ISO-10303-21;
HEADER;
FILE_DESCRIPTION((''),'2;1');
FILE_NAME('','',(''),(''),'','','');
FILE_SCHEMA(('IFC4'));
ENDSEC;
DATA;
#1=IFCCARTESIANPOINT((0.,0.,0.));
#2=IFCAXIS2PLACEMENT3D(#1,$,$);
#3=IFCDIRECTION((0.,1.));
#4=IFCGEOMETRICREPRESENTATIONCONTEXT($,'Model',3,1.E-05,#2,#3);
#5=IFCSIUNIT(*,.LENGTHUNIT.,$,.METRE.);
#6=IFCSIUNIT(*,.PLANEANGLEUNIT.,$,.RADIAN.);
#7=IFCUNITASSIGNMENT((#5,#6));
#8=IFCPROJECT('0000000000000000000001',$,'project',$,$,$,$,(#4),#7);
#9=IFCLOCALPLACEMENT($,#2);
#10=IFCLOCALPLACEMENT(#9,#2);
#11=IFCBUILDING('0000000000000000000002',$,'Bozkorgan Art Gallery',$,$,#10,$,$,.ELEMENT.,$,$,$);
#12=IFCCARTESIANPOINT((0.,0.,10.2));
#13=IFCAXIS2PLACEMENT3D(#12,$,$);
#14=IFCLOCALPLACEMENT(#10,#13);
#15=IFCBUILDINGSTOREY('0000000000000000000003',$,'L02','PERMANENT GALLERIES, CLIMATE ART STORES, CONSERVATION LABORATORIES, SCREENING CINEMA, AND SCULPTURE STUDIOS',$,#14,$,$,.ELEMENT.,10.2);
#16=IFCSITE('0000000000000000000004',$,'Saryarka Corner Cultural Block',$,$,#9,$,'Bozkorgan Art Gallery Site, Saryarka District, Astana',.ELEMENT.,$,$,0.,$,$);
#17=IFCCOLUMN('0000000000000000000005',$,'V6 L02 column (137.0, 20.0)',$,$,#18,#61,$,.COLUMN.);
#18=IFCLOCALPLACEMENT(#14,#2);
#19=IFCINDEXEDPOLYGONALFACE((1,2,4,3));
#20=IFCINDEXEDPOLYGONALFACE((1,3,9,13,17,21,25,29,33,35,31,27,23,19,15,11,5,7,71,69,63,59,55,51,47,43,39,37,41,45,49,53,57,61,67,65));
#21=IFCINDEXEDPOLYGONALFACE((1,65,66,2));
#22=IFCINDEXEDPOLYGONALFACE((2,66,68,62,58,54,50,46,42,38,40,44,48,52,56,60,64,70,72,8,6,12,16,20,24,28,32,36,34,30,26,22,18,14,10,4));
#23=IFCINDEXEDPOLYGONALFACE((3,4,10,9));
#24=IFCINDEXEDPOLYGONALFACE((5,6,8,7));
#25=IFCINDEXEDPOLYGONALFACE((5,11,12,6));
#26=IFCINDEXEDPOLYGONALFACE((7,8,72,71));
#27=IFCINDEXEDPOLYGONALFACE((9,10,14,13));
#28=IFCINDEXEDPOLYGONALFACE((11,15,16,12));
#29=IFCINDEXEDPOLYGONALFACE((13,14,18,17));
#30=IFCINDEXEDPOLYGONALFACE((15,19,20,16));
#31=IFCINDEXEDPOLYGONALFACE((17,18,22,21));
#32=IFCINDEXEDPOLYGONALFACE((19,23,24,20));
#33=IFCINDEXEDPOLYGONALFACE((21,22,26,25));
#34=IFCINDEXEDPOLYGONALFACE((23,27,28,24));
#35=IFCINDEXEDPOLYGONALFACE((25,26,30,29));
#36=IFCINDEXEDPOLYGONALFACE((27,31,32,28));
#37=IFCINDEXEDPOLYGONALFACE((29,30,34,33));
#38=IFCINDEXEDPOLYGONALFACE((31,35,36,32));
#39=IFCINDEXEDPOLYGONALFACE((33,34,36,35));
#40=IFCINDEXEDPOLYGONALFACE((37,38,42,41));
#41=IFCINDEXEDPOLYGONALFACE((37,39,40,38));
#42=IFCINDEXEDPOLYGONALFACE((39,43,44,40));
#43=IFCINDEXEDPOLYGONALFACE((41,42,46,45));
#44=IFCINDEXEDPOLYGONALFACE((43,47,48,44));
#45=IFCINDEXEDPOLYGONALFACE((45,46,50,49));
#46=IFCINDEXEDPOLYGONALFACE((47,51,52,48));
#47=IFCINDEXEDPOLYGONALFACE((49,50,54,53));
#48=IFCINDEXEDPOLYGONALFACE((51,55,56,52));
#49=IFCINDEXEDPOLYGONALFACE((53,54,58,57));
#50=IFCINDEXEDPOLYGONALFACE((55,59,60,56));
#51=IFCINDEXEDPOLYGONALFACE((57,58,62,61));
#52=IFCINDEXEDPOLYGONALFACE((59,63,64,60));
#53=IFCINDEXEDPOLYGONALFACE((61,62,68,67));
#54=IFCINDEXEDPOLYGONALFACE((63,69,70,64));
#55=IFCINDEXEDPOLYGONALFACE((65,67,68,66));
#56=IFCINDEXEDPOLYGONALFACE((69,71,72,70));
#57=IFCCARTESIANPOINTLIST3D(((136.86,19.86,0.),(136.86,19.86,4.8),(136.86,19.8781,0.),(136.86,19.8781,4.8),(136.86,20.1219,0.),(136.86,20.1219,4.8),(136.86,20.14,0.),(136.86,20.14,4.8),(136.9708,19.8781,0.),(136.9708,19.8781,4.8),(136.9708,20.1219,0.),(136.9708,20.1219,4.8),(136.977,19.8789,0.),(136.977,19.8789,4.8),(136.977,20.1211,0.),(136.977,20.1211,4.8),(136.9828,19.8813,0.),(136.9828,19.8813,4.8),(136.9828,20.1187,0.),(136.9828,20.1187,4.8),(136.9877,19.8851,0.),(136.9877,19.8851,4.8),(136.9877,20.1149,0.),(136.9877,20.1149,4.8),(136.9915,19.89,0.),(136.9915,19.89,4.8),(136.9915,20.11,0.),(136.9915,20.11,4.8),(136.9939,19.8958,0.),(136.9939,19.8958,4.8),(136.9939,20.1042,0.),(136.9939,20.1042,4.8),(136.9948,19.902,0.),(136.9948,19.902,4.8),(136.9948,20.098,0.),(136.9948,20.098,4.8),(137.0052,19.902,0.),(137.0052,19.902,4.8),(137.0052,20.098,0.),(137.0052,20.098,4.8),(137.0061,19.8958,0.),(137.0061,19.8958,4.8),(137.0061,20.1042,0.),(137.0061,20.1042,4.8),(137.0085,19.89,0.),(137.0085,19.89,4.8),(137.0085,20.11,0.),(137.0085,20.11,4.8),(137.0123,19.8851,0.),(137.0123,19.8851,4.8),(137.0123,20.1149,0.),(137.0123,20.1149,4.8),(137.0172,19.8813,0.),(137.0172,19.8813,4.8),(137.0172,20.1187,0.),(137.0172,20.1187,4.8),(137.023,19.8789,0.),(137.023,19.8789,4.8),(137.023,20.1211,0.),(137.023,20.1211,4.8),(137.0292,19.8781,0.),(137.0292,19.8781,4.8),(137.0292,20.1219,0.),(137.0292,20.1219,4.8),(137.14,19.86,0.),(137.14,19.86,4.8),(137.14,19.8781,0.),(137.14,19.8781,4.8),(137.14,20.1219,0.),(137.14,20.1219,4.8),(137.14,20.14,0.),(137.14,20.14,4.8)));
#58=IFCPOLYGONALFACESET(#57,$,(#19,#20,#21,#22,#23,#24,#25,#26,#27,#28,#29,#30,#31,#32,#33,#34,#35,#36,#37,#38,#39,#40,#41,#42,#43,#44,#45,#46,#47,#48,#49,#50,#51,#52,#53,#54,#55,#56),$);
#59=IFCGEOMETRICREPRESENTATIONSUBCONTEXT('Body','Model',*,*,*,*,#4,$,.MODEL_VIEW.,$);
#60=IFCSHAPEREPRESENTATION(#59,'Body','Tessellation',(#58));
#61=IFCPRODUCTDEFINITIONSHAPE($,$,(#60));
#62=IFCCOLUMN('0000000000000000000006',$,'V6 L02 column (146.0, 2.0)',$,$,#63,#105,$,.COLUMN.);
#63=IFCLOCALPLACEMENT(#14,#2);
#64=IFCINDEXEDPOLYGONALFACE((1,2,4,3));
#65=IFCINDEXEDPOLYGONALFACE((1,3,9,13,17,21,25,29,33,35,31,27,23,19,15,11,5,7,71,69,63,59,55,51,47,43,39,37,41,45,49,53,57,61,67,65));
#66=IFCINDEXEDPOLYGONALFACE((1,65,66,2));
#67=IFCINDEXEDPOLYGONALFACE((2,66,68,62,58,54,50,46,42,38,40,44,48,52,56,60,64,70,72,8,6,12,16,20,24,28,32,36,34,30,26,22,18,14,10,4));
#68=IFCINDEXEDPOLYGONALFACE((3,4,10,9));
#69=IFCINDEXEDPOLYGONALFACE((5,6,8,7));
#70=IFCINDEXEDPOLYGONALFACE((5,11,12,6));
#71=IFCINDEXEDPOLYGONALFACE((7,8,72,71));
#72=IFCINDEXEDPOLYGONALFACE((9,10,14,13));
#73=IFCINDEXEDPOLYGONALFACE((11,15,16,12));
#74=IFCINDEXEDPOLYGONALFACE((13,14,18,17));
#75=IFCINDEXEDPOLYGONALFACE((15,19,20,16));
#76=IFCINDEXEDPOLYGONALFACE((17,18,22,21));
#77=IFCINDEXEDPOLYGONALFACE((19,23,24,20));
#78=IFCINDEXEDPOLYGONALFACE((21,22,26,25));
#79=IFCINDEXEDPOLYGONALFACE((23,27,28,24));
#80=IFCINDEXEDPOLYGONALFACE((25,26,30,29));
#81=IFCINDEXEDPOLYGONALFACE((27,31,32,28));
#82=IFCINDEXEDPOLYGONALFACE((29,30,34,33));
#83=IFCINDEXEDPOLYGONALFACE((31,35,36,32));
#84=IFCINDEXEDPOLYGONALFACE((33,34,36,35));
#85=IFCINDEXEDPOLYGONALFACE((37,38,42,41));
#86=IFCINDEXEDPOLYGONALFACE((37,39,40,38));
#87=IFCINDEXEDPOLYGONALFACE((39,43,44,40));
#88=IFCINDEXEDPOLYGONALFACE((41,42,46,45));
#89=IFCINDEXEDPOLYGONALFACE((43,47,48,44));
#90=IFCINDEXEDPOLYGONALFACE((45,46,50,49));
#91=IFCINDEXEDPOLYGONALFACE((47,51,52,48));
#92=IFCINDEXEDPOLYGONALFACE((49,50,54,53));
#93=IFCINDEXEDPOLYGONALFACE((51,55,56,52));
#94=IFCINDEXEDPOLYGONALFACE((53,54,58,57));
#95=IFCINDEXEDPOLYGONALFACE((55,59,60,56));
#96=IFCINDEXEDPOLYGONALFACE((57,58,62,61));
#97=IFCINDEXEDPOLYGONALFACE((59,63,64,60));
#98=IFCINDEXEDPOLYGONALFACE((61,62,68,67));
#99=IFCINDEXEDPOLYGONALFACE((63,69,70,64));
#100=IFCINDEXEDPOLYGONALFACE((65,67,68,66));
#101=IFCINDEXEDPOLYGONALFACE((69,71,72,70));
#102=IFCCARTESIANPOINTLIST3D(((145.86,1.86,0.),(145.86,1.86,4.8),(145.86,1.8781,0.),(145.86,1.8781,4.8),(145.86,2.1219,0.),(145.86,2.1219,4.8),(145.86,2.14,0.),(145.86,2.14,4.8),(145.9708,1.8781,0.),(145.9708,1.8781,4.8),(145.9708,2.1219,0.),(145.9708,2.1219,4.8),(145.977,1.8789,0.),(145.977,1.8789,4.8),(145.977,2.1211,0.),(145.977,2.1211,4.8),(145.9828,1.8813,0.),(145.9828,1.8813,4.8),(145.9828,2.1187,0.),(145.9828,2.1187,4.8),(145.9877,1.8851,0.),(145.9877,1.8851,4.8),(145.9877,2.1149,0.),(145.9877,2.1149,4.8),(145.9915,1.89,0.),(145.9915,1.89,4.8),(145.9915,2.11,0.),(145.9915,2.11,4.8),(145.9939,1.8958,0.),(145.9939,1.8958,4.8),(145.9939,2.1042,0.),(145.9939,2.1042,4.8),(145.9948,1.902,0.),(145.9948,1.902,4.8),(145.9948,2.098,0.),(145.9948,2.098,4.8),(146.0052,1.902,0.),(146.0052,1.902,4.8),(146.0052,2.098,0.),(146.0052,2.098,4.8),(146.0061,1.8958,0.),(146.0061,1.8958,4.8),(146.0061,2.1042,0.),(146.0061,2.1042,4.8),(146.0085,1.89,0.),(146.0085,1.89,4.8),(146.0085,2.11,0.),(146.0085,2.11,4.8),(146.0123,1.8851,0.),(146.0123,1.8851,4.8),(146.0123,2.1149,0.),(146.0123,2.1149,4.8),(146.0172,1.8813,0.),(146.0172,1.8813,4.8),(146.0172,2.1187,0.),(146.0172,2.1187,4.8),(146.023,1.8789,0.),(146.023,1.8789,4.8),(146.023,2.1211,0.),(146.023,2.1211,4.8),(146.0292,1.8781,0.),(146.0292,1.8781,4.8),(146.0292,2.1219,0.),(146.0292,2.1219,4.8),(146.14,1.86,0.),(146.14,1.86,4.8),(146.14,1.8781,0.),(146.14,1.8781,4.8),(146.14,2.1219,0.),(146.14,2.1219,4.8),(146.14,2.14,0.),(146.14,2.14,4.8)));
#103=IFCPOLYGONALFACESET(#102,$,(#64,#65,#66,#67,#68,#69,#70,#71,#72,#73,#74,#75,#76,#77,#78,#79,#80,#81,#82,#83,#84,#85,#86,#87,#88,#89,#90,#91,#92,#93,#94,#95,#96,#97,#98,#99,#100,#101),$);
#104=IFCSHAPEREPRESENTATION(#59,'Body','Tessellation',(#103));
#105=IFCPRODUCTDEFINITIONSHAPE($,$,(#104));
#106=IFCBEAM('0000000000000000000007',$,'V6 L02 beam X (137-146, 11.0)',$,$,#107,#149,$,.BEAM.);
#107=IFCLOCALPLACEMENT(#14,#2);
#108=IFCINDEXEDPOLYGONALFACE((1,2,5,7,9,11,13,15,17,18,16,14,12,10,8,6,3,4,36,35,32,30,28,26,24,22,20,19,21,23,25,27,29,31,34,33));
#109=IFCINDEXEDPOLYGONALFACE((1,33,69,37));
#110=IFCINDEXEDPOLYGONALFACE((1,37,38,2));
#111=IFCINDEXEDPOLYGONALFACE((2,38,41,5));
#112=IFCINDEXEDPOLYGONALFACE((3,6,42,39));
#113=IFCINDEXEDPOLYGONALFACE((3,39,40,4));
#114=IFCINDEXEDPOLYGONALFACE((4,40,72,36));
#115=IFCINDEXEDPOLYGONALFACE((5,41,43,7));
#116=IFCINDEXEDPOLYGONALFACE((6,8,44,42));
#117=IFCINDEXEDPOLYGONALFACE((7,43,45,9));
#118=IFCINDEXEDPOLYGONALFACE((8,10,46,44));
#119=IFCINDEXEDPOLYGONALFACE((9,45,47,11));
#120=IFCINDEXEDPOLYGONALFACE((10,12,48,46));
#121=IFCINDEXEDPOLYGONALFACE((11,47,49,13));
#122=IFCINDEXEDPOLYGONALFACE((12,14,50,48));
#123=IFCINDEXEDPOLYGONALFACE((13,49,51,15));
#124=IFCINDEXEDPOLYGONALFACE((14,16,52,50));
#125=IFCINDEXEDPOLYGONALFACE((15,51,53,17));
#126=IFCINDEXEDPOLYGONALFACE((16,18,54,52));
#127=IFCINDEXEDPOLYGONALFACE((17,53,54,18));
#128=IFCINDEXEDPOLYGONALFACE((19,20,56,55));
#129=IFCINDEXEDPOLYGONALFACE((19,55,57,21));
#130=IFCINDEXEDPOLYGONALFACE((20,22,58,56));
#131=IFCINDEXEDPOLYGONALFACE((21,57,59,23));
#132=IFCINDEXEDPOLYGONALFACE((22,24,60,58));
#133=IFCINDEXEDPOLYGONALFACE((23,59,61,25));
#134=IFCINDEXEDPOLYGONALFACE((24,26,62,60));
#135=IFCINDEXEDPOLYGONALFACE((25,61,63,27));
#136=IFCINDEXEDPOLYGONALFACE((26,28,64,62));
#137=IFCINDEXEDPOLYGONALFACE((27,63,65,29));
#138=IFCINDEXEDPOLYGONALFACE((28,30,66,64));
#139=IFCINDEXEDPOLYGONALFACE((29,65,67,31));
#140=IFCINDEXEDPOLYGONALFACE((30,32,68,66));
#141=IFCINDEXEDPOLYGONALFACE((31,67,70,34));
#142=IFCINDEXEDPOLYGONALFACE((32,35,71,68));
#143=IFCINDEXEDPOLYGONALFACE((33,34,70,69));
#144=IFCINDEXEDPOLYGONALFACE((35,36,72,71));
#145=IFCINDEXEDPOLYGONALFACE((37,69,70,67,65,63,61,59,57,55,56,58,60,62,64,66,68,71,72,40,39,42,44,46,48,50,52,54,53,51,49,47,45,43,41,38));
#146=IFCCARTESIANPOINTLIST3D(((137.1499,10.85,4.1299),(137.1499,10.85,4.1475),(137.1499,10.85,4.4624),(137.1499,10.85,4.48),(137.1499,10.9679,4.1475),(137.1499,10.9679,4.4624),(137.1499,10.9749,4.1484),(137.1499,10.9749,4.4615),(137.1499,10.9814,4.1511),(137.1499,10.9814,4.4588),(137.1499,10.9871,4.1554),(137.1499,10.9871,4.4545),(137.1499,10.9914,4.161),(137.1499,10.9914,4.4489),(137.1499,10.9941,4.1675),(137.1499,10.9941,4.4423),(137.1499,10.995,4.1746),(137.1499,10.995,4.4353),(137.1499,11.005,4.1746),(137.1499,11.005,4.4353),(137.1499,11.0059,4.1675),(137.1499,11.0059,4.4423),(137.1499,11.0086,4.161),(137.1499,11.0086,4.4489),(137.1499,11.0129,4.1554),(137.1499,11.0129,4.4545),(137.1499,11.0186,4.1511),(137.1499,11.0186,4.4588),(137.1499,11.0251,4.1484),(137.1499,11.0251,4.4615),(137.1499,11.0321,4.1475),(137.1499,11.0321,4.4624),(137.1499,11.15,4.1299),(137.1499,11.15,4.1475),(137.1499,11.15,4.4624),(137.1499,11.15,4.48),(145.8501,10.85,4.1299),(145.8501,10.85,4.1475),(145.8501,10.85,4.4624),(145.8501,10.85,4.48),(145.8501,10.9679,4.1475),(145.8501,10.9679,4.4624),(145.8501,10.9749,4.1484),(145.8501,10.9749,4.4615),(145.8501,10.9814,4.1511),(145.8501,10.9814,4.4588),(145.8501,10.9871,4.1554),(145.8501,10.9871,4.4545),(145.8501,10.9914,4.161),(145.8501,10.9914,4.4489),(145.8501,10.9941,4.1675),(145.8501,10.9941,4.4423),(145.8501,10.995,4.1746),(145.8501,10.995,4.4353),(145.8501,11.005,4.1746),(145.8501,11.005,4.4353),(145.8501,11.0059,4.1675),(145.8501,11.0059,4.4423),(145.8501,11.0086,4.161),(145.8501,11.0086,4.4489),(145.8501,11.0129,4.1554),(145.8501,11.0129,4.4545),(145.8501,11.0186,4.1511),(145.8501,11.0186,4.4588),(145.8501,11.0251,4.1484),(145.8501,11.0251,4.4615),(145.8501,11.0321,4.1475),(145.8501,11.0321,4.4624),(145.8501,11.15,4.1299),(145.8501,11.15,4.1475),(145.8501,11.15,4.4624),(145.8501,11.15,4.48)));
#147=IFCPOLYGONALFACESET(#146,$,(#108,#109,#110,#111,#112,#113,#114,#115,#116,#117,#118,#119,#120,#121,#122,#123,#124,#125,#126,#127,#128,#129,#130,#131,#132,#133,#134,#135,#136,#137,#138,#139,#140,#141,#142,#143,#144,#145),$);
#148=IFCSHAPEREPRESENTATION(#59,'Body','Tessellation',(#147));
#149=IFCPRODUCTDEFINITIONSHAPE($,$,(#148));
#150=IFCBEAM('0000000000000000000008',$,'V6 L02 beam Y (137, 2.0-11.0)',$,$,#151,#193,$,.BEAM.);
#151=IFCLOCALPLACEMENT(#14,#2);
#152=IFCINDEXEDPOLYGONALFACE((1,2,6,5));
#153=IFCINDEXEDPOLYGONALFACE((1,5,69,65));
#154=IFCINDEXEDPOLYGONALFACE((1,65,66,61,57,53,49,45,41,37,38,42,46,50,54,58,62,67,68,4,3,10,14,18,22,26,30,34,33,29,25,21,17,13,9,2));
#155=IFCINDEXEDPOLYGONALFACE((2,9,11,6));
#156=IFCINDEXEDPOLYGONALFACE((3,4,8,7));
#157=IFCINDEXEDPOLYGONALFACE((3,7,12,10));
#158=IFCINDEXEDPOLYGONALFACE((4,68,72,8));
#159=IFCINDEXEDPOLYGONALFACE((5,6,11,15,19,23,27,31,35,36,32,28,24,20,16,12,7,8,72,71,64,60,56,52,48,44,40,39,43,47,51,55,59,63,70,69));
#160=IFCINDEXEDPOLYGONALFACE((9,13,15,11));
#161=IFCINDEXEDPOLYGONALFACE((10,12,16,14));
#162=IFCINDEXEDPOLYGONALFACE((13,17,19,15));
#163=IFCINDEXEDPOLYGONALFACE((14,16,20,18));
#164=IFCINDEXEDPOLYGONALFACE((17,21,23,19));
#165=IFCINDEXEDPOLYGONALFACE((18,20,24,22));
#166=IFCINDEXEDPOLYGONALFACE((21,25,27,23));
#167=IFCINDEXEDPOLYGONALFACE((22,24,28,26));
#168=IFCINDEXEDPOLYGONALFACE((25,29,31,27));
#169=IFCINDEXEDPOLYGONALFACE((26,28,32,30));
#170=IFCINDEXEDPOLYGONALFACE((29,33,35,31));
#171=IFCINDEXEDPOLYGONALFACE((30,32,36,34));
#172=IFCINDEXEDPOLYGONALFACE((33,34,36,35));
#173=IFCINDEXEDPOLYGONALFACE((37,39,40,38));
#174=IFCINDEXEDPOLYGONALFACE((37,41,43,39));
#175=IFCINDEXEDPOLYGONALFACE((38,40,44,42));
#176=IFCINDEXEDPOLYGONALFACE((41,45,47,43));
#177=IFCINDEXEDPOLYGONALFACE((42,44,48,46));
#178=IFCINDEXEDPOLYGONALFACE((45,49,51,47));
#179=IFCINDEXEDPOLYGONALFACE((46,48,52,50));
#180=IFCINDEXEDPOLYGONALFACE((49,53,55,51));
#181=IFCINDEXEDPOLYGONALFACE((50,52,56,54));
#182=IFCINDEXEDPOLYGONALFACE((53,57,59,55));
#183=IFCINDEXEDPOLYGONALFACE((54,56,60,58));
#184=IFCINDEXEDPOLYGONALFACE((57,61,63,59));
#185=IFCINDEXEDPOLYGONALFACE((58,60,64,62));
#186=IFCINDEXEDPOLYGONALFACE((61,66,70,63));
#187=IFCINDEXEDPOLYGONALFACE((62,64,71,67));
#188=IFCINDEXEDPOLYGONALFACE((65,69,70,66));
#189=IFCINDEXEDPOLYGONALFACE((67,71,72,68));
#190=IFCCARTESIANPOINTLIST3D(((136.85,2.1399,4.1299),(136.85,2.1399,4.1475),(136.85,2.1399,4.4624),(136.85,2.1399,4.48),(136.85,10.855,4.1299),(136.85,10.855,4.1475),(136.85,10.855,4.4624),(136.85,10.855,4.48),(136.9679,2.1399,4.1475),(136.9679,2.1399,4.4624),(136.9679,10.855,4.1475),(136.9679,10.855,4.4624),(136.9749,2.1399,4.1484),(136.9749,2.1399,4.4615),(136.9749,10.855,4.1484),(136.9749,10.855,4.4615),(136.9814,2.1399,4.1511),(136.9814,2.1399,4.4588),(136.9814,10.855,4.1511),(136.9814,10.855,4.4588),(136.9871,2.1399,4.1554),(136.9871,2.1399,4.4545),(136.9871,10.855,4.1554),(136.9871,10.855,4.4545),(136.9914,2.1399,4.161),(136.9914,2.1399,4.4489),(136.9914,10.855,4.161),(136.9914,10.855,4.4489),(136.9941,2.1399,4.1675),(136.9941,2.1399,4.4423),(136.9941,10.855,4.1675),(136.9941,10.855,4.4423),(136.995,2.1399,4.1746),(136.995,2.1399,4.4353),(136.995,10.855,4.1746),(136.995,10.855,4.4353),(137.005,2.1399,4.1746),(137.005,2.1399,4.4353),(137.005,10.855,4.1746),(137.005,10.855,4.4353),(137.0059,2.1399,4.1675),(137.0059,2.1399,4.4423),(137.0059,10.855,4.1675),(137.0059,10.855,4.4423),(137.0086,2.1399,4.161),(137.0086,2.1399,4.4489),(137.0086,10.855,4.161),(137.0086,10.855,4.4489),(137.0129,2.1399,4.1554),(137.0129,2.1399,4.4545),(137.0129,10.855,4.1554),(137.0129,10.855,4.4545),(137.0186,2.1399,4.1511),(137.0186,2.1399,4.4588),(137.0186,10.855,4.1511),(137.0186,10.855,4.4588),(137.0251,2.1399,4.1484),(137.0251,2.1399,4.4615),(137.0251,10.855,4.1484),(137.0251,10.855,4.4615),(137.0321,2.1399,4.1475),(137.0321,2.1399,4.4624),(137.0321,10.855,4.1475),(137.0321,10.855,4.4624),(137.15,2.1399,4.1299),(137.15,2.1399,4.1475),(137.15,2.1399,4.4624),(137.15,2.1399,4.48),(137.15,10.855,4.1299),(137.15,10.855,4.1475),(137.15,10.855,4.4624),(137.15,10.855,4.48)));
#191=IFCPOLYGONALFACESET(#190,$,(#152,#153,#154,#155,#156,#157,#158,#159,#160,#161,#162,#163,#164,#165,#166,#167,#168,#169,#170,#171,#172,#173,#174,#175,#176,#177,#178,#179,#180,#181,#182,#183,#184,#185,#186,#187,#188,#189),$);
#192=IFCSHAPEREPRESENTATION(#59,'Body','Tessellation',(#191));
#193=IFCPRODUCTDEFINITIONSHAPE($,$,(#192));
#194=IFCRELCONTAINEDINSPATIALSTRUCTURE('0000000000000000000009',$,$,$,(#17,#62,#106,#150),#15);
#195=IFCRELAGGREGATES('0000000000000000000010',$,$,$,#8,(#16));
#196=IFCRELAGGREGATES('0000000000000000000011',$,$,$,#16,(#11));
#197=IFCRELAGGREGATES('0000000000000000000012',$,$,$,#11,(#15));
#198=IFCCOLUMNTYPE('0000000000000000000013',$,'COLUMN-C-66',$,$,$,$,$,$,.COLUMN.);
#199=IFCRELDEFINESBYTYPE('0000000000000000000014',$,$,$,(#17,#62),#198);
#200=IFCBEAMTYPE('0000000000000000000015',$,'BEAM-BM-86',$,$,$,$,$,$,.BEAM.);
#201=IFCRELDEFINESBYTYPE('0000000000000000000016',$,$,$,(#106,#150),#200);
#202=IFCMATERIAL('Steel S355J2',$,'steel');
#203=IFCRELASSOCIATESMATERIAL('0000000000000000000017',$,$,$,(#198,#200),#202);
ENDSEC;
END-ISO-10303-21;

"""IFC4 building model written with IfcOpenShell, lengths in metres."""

from ifc_helpers import new_model, si_unit, direction, frame, origin, origin_2d, place, context, subcontext, project, spatial, i_section, extrude, material, material_profile, profile_set, type_object, element, save


model = new_model("IFC4")

# Units and contexts
model_context = context("Model", 3, precision=1e-05, world=origin(), true_north=direction((0.0, 1.0)))
body_context = subcontext(model_context, "Body", "Model", "MODEL_VIEW")
ifc_project = project(units=[si_unit("LENGTHUNIT", "METRE"), si_unit("PLANEANGLEUNIT", "RADIAN")], contexts=[model_context])

# Site, building, storey
site_placement = place(None, origin())
site = spatial("IfcSite", under=ifc_project, at=site_placement, Name="Saryarka Corner Cultural Block", LongName="Bozkorgan Art Gallery Site, Saryarka District, Astana", CompositionType="ELEMENT", RefElevation=0.0)
building_placement = place(site_placement, origin())
building = spatial("IfcBuilding", under=site, at=building_placement, Name="Bozkorgan Art Gallery", CompositionType="ELEMENT")
storey_placement = place(building_placement, frame((0.0, 0.0, 10.2)))
storey = spatial("IfcBuildingStorey", under=building, at=storey_placement, Name="L02", Description="PERMANENT GALLERIES, CLIMATE ART STORES, CONSERVATION LABORATORIES, SCREENING CINEMA, AND SCULPTURE STUDIOS", CompositionType="ELEMENT", Elevation=10.2)

# Columns
ifc_material_1 = material(Name="Steel S355J2", Category="steel")
ifc_material_profile_1 = material_profile(ifc_material_1, i_section(OverallWidth=0.28, OverallDepth=0.28, WebThickness=0.0105, FlangeThickness=0.0181, FilletRadius=0.0239, at=origin_2d()), Name="HEB 280")
ifc_profile_set_1 = profile_set([ifc_material_profile_1], Name="Steel S355J2")
column_type_1 = type_object("IfcColumnType", Name="COLUMN-C-66", PredefinedType="COLUMN", material=ifc_profile_set_1)
for number, where, z_axis, x_axis, name in (
    (1, (137.0, 20.0, 0.0), (0.0, 0.0, 1.0), (1.0, 0.0, 0.0), "V6 L02 column (137.0, 20.0)"),
    (2, (146.0, 2.0, 0.0), (0.0, 0.0, 1.0), (1.0, 0.0, 0.0), "V6 L02 column (146.0, 2.0)"),
):
    element("IfcColumn", number, at=place(storey_placement, frame(where, z_axis=z_axis, x_axis=x_axis)), inside=storey, type_object=column_type_1, Name=name, PredefinedType="COLUMN", context=body_context, shape_type="SweptSolid", body=[
        extrude(i_section(OverallWidth=0.28, OverallDepth=0.28, WebThickness=0.0105, FlangeThickness=0.0181, FilletRadius=0.0239, at=origin_2d()), origin(), (0.0, 0.0, 1.0), 4.8),
    ])

# Beams
ifc_material_profile_2 = material_profile(ifc_material_1, i_section(OverallWidth=0.3, OverallDepth=0.3501, WebThickness=0.01, FlangeThickness=0.0176, FilletRadius=0.0271, at=origin_2d()), Name="HEA 360")
ifc_profile_set_2 = profile_set([ifc_material_profile_2], Name="Steel S355J2")
beam_type_1 = type_object("IfcBeamType", Name="BEAM-BM-86", PredefinedType="BEAM", material=ifc_profile_set_2)
beam_1_placement = place(storey_placement, frame((137.1499, 11.0, 4.3049), z_axis=(1.0, 0.0, 0.0), x_axis=(0.0, 1.0, 0.0)))
element("IfcBeam", 3, at=beam_1_placement, inside=storey, type_object=beam_type_1, Name="V6 L02 beam X (137-146, 11.0)", PredefinedType="BEAM", context=body_context, shape_type="SweptSolid", body=[
    extrude(i_section(OverallWidth=0.3, OverallDepth=0.3501, WebThickness=0.01, FlangeThickness=0.0176, FilletRadius=0.0271, at=origin_2d()), origin(), (0.0, 0.0, 1.0), 8.7002),
])
for number, where, z_axis, x_axis, name in (
    (4, (137.0, 2.1399, 4.3049), (0.0, 1.0, 0.0), (-1.0, 0.0, 0.0), "V6 L02 beam Y (137, 2.0-11.0)"),
):
    element("IfcBeam", number, at=place(storey_placement, frame(where, z_axis=z_axis, x_axis=x_axis)), inside=storey, type_object=beam_type_1, Name=name, PredefinedType="BEAM", context=body_context, shape_type="SweptSolid", body=[
        extrude(i_section(OverallWidth=0.3, OverallDepth=0.3501, WebThickness=0.01, FlangeThickness=0.0176, FilletRadius=0.0271, at=origin_2d()), origin(), (0.0, 0.0, 1.0), 8.7151),
    ])

save(model, "model.ifc")
